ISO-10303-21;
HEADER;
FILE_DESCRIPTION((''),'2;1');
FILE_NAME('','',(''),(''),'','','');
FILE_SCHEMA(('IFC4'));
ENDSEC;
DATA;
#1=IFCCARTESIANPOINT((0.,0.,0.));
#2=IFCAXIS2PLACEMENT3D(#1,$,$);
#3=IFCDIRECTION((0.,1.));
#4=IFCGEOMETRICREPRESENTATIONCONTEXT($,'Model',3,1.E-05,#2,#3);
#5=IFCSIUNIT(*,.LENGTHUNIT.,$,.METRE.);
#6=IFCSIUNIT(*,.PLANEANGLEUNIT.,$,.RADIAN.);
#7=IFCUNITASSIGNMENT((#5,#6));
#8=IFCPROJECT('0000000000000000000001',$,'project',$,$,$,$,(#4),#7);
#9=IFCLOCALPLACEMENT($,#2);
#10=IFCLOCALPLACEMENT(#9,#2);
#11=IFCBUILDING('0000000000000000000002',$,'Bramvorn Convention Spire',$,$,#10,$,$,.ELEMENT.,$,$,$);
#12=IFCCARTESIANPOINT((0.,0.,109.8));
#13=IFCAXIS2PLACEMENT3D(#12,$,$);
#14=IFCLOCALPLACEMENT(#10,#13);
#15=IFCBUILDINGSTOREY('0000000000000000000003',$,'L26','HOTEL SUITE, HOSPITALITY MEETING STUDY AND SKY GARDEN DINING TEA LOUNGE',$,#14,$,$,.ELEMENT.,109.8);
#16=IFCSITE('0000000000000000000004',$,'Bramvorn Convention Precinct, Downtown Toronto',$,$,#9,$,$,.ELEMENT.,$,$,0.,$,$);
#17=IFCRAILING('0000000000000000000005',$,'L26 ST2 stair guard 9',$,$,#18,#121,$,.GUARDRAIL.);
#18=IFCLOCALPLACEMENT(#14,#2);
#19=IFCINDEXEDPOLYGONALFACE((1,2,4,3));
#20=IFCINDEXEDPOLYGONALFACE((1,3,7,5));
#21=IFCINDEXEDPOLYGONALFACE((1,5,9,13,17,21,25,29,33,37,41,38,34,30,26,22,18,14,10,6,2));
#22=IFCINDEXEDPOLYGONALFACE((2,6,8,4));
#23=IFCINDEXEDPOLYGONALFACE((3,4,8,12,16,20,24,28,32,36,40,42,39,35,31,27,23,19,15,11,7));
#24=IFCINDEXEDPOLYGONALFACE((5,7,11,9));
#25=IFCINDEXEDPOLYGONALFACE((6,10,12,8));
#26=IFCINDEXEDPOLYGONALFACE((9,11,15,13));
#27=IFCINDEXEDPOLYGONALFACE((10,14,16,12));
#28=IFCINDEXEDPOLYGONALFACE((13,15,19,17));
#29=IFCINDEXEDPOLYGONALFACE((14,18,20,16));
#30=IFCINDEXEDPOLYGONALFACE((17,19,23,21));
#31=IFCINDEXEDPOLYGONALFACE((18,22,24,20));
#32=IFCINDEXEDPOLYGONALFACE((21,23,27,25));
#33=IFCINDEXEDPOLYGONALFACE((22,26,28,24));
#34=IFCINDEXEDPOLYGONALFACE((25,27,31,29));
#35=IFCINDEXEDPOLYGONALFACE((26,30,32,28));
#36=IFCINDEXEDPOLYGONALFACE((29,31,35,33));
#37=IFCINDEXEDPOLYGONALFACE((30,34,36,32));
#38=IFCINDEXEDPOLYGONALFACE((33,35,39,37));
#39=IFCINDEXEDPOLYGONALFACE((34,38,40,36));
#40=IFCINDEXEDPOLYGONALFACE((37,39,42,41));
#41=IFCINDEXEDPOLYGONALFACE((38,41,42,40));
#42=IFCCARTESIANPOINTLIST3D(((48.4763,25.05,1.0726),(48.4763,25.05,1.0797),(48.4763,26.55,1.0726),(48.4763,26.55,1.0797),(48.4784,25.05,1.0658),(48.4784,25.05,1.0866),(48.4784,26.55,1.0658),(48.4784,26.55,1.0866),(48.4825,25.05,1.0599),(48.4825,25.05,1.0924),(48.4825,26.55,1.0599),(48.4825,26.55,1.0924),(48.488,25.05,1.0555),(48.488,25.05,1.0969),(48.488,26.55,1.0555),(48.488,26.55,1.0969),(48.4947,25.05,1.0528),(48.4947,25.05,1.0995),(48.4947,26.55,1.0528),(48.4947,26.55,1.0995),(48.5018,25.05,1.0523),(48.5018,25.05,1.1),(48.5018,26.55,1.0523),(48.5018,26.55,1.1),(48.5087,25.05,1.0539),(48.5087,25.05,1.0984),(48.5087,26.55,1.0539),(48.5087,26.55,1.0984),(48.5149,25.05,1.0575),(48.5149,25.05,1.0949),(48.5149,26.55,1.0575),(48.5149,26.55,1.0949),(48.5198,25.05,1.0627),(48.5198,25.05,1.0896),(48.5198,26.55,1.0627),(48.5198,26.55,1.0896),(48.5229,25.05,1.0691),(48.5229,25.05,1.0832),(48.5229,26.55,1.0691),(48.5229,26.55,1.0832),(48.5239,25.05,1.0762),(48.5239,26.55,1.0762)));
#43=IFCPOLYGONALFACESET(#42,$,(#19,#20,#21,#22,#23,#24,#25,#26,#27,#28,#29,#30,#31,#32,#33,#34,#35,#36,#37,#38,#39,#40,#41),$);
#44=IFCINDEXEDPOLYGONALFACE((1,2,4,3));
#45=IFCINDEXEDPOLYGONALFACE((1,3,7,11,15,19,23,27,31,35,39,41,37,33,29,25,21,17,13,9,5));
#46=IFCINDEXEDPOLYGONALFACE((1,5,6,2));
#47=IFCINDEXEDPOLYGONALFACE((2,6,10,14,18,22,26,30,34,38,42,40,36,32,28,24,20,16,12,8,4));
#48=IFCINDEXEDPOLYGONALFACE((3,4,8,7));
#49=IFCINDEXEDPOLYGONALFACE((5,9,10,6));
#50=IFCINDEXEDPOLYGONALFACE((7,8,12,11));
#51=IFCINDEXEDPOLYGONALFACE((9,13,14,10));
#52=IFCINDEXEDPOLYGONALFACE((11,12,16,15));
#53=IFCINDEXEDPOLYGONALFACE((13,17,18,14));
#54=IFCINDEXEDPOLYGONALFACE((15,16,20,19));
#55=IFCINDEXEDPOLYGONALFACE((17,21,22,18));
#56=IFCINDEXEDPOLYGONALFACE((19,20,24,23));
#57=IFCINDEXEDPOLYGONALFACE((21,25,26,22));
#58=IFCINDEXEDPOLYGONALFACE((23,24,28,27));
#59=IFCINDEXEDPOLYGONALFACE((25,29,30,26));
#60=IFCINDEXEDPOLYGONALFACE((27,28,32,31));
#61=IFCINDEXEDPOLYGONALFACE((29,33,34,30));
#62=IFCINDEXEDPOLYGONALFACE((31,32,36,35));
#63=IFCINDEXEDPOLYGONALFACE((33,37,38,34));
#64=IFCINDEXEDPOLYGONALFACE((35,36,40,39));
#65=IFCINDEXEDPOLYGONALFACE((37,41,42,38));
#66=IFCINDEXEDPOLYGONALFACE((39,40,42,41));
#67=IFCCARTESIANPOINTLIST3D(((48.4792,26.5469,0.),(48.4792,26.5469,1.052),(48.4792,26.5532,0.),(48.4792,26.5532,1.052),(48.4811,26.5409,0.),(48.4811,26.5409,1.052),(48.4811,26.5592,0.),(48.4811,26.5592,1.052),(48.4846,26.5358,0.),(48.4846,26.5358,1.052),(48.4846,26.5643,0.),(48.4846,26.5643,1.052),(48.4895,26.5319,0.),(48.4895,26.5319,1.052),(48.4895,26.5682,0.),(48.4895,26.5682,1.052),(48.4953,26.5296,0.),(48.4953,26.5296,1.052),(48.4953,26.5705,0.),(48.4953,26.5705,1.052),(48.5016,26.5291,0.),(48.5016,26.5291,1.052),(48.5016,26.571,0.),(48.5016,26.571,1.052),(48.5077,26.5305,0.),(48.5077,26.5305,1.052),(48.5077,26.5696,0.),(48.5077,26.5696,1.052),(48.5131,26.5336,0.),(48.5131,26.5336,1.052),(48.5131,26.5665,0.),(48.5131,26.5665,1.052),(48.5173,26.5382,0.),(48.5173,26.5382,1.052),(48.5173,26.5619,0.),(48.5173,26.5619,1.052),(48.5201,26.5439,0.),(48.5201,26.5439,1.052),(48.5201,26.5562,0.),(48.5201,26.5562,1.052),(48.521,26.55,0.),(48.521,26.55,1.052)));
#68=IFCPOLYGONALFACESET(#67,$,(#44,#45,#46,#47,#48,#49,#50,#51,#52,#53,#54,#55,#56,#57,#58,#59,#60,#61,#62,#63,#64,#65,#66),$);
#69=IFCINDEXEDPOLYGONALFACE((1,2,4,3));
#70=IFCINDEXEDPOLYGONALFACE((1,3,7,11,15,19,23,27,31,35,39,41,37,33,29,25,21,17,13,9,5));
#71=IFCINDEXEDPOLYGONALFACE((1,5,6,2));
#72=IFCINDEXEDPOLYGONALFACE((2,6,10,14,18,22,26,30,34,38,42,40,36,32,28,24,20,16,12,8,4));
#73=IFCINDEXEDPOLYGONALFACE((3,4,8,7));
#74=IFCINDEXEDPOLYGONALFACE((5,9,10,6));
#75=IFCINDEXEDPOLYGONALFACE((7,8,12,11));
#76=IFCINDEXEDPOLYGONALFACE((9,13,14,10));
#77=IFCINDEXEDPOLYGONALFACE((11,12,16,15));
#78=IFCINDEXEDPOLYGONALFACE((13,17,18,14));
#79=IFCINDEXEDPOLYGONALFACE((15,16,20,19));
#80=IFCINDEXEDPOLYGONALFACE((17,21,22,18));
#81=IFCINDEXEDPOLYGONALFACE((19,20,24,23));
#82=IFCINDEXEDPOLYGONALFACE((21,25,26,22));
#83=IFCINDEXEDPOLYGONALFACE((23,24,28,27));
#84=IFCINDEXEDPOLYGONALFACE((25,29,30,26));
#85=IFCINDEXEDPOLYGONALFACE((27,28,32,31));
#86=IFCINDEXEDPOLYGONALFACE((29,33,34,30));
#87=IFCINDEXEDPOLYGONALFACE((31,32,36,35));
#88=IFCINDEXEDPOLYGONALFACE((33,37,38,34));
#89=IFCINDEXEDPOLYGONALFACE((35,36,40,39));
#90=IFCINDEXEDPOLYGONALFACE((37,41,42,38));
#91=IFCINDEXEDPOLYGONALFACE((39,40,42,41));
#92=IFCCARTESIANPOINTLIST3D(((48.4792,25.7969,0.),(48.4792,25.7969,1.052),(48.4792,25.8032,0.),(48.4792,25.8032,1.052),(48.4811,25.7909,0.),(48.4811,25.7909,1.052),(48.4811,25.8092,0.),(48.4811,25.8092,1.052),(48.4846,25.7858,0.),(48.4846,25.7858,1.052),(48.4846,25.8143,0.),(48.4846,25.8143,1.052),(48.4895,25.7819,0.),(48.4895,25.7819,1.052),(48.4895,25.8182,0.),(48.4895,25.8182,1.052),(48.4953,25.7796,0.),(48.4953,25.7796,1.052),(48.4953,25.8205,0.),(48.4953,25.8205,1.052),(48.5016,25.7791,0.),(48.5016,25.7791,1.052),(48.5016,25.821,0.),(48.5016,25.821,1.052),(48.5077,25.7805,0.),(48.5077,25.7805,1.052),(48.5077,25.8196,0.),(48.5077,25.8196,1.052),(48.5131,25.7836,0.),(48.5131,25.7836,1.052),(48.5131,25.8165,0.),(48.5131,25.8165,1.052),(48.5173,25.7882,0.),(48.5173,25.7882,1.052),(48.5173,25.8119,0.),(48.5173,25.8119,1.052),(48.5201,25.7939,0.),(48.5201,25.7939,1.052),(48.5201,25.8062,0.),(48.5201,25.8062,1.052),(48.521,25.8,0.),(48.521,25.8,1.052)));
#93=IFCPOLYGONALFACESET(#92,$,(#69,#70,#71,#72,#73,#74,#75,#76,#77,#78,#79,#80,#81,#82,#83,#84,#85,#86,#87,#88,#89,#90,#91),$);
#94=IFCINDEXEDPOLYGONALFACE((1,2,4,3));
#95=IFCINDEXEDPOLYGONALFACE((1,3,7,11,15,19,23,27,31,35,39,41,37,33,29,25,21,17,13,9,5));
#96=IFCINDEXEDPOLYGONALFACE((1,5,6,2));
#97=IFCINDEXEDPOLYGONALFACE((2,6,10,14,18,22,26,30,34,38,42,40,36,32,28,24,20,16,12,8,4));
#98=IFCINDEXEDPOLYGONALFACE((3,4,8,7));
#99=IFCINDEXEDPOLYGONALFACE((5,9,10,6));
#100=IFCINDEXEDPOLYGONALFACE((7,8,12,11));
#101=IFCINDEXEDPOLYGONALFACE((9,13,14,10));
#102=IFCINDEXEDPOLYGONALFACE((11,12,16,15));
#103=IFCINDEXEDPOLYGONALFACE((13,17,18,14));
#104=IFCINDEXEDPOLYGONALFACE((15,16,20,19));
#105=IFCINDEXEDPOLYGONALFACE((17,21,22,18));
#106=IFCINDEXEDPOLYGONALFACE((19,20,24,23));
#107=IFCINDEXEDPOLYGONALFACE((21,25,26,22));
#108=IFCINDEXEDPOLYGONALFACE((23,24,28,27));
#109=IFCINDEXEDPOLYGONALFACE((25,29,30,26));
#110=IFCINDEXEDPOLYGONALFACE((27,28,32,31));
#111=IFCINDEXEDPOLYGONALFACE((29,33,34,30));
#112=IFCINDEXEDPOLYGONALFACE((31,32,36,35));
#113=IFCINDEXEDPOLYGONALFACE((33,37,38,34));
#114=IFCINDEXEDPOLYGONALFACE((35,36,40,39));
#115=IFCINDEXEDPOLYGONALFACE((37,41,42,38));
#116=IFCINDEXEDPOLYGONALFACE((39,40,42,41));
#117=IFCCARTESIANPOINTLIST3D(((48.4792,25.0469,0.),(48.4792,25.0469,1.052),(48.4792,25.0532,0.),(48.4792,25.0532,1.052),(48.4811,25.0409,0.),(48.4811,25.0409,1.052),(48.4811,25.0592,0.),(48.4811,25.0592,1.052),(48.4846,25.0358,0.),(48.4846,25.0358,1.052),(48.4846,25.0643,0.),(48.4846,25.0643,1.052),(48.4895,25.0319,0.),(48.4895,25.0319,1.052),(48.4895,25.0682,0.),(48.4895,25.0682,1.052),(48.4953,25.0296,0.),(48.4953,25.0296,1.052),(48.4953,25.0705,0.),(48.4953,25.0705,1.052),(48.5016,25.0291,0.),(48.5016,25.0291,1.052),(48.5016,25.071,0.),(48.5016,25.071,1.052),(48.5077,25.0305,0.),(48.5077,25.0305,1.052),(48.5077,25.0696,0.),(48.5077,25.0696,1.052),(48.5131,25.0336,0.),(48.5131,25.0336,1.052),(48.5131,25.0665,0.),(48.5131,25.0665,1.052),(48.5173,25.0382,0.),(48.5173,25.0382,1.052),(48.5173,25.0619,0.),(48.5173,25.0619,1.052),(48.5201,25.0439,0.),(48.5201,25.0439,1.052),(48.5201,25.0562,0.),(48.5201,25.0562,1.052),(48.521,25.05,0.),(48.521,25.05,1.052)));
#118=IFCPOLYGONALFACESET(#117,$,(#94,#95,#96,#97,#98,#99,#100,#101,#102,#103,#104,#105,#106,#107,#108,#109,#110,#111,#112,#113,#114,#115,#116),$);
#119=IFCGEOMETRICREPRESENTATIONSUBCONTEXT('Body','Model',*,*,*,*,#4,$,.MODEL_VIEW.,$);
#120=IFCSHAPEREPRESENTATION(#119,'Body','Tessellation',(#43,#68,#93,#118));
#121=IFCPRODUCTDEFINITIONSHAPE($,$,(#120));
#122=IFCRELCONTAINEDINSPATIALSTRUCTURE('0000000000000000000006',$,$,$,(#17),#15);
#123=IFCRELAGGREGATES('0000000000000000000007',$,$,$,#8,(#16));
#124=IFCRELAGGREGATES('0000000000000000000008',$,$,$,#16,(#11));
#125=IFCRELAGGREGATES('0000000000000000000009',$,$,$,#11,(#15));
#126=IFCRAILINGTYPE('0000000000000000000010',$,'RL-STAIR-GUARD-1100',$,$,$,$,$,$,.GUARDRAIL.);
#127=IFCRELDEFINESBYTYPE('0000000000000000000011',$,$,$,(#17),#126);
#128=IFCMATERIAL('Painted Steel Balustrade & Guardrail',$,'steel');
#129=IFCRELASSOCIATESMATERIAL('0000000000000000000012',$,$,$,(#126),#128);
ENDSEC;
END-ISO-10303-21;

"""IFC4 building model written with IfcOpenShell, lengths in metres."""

from ifc_helpers import new_model, si_unit, direction, frame, origin, origin_2d, place, context, subcontext, project, spatial, circle, extrude, material, type_object, element, save


model = new_model("IFC4")

# Units and contexts
model_context = context("Model", 3, precision=1e-05, world=origin(), true_north=direction((0.0, 1.0)))
body_context = subcontext(model_context, "Body", "Model", "MODEL_VIEW")
ifc_project = project(units=[si_unit("LENGTHUNIT", "METRE"), si_unit("PLANEANGLEUNIT", "RADIAN")], contexts=[model_context])

# Site, building, storey
site_placement = place(None, origin())
site = spatial("IfcSite", under=ifc_project, at=site_placement, Name="Bramvorn Convention Precinct, Downtown Toronto", CompositionType="ELEMENT", RefElevation=0.0)
building_placement = place(site_placement, origin())
building = spatial("IfcBuilding", under=site, at=building_placement, Name="Bramvorn Convention Spire", CompositionType="ELEMENT")
storey_placement = place(building_placement, frame((0.0, 0.0, 109.8)))
storey = spatial("IfcBuildingStorey", under=building, at=storey_placement, Name="L26", Description="HOTEL SUITE, HOSPITALITY MEETING STUDY AND SKY GARDEN DINING TEA LOUNGE", CompositionType="ELEMENT", Elevation=109.8)

# Railing
ifc_material_1 = material(Name="Painted Steel Balustrade & Guardrail", Category="steel")
railing_type_1 = type_object("IfcRailingType", Name="RL-STAIR-GUARD-1100", PredefinedType="GUARDRAIL", material=ifc_material_1)
for number, where, name in (
    (1, (48.5, 26.55, 0.0), "L26 ST2 stair guard 9"),
):
    element("IfcRailing", number, at=place(storey_placement, frame(where)), inside=storey, type_object=railing_type_1, Name=name, PredefinedType="GUARDRAIL", context=body_context, shape_type="SweptSolid", body=[
        extrude(circle(Radius=0.0239, at=origin_2d()), frame((0.0, 0.0, 1.0762), z_axis=(0.0, -1.0, 0.0), x_axis=(1.0, 0.0, 0.0)), (0.0, 0.0, 1.0), 1.5),
        extrude(circle(Radius=0.021, at=origin_2d()), origin(), (0.0, 0.0, 1.0), 1.052),
        extrude(circle(Radius=0.021, at=origin_2d()), frame((0.0, -0.75, 0.0)), (0.0, 0.0, 1.0), 1.052),
        extrude(circle(Radius=0.021, at=origin_2d()), frame((0.0, -1.5, 0.0)), (0.0, 0.0, 1.0), 1.052),
    ])

save(model, "model.ifc")
